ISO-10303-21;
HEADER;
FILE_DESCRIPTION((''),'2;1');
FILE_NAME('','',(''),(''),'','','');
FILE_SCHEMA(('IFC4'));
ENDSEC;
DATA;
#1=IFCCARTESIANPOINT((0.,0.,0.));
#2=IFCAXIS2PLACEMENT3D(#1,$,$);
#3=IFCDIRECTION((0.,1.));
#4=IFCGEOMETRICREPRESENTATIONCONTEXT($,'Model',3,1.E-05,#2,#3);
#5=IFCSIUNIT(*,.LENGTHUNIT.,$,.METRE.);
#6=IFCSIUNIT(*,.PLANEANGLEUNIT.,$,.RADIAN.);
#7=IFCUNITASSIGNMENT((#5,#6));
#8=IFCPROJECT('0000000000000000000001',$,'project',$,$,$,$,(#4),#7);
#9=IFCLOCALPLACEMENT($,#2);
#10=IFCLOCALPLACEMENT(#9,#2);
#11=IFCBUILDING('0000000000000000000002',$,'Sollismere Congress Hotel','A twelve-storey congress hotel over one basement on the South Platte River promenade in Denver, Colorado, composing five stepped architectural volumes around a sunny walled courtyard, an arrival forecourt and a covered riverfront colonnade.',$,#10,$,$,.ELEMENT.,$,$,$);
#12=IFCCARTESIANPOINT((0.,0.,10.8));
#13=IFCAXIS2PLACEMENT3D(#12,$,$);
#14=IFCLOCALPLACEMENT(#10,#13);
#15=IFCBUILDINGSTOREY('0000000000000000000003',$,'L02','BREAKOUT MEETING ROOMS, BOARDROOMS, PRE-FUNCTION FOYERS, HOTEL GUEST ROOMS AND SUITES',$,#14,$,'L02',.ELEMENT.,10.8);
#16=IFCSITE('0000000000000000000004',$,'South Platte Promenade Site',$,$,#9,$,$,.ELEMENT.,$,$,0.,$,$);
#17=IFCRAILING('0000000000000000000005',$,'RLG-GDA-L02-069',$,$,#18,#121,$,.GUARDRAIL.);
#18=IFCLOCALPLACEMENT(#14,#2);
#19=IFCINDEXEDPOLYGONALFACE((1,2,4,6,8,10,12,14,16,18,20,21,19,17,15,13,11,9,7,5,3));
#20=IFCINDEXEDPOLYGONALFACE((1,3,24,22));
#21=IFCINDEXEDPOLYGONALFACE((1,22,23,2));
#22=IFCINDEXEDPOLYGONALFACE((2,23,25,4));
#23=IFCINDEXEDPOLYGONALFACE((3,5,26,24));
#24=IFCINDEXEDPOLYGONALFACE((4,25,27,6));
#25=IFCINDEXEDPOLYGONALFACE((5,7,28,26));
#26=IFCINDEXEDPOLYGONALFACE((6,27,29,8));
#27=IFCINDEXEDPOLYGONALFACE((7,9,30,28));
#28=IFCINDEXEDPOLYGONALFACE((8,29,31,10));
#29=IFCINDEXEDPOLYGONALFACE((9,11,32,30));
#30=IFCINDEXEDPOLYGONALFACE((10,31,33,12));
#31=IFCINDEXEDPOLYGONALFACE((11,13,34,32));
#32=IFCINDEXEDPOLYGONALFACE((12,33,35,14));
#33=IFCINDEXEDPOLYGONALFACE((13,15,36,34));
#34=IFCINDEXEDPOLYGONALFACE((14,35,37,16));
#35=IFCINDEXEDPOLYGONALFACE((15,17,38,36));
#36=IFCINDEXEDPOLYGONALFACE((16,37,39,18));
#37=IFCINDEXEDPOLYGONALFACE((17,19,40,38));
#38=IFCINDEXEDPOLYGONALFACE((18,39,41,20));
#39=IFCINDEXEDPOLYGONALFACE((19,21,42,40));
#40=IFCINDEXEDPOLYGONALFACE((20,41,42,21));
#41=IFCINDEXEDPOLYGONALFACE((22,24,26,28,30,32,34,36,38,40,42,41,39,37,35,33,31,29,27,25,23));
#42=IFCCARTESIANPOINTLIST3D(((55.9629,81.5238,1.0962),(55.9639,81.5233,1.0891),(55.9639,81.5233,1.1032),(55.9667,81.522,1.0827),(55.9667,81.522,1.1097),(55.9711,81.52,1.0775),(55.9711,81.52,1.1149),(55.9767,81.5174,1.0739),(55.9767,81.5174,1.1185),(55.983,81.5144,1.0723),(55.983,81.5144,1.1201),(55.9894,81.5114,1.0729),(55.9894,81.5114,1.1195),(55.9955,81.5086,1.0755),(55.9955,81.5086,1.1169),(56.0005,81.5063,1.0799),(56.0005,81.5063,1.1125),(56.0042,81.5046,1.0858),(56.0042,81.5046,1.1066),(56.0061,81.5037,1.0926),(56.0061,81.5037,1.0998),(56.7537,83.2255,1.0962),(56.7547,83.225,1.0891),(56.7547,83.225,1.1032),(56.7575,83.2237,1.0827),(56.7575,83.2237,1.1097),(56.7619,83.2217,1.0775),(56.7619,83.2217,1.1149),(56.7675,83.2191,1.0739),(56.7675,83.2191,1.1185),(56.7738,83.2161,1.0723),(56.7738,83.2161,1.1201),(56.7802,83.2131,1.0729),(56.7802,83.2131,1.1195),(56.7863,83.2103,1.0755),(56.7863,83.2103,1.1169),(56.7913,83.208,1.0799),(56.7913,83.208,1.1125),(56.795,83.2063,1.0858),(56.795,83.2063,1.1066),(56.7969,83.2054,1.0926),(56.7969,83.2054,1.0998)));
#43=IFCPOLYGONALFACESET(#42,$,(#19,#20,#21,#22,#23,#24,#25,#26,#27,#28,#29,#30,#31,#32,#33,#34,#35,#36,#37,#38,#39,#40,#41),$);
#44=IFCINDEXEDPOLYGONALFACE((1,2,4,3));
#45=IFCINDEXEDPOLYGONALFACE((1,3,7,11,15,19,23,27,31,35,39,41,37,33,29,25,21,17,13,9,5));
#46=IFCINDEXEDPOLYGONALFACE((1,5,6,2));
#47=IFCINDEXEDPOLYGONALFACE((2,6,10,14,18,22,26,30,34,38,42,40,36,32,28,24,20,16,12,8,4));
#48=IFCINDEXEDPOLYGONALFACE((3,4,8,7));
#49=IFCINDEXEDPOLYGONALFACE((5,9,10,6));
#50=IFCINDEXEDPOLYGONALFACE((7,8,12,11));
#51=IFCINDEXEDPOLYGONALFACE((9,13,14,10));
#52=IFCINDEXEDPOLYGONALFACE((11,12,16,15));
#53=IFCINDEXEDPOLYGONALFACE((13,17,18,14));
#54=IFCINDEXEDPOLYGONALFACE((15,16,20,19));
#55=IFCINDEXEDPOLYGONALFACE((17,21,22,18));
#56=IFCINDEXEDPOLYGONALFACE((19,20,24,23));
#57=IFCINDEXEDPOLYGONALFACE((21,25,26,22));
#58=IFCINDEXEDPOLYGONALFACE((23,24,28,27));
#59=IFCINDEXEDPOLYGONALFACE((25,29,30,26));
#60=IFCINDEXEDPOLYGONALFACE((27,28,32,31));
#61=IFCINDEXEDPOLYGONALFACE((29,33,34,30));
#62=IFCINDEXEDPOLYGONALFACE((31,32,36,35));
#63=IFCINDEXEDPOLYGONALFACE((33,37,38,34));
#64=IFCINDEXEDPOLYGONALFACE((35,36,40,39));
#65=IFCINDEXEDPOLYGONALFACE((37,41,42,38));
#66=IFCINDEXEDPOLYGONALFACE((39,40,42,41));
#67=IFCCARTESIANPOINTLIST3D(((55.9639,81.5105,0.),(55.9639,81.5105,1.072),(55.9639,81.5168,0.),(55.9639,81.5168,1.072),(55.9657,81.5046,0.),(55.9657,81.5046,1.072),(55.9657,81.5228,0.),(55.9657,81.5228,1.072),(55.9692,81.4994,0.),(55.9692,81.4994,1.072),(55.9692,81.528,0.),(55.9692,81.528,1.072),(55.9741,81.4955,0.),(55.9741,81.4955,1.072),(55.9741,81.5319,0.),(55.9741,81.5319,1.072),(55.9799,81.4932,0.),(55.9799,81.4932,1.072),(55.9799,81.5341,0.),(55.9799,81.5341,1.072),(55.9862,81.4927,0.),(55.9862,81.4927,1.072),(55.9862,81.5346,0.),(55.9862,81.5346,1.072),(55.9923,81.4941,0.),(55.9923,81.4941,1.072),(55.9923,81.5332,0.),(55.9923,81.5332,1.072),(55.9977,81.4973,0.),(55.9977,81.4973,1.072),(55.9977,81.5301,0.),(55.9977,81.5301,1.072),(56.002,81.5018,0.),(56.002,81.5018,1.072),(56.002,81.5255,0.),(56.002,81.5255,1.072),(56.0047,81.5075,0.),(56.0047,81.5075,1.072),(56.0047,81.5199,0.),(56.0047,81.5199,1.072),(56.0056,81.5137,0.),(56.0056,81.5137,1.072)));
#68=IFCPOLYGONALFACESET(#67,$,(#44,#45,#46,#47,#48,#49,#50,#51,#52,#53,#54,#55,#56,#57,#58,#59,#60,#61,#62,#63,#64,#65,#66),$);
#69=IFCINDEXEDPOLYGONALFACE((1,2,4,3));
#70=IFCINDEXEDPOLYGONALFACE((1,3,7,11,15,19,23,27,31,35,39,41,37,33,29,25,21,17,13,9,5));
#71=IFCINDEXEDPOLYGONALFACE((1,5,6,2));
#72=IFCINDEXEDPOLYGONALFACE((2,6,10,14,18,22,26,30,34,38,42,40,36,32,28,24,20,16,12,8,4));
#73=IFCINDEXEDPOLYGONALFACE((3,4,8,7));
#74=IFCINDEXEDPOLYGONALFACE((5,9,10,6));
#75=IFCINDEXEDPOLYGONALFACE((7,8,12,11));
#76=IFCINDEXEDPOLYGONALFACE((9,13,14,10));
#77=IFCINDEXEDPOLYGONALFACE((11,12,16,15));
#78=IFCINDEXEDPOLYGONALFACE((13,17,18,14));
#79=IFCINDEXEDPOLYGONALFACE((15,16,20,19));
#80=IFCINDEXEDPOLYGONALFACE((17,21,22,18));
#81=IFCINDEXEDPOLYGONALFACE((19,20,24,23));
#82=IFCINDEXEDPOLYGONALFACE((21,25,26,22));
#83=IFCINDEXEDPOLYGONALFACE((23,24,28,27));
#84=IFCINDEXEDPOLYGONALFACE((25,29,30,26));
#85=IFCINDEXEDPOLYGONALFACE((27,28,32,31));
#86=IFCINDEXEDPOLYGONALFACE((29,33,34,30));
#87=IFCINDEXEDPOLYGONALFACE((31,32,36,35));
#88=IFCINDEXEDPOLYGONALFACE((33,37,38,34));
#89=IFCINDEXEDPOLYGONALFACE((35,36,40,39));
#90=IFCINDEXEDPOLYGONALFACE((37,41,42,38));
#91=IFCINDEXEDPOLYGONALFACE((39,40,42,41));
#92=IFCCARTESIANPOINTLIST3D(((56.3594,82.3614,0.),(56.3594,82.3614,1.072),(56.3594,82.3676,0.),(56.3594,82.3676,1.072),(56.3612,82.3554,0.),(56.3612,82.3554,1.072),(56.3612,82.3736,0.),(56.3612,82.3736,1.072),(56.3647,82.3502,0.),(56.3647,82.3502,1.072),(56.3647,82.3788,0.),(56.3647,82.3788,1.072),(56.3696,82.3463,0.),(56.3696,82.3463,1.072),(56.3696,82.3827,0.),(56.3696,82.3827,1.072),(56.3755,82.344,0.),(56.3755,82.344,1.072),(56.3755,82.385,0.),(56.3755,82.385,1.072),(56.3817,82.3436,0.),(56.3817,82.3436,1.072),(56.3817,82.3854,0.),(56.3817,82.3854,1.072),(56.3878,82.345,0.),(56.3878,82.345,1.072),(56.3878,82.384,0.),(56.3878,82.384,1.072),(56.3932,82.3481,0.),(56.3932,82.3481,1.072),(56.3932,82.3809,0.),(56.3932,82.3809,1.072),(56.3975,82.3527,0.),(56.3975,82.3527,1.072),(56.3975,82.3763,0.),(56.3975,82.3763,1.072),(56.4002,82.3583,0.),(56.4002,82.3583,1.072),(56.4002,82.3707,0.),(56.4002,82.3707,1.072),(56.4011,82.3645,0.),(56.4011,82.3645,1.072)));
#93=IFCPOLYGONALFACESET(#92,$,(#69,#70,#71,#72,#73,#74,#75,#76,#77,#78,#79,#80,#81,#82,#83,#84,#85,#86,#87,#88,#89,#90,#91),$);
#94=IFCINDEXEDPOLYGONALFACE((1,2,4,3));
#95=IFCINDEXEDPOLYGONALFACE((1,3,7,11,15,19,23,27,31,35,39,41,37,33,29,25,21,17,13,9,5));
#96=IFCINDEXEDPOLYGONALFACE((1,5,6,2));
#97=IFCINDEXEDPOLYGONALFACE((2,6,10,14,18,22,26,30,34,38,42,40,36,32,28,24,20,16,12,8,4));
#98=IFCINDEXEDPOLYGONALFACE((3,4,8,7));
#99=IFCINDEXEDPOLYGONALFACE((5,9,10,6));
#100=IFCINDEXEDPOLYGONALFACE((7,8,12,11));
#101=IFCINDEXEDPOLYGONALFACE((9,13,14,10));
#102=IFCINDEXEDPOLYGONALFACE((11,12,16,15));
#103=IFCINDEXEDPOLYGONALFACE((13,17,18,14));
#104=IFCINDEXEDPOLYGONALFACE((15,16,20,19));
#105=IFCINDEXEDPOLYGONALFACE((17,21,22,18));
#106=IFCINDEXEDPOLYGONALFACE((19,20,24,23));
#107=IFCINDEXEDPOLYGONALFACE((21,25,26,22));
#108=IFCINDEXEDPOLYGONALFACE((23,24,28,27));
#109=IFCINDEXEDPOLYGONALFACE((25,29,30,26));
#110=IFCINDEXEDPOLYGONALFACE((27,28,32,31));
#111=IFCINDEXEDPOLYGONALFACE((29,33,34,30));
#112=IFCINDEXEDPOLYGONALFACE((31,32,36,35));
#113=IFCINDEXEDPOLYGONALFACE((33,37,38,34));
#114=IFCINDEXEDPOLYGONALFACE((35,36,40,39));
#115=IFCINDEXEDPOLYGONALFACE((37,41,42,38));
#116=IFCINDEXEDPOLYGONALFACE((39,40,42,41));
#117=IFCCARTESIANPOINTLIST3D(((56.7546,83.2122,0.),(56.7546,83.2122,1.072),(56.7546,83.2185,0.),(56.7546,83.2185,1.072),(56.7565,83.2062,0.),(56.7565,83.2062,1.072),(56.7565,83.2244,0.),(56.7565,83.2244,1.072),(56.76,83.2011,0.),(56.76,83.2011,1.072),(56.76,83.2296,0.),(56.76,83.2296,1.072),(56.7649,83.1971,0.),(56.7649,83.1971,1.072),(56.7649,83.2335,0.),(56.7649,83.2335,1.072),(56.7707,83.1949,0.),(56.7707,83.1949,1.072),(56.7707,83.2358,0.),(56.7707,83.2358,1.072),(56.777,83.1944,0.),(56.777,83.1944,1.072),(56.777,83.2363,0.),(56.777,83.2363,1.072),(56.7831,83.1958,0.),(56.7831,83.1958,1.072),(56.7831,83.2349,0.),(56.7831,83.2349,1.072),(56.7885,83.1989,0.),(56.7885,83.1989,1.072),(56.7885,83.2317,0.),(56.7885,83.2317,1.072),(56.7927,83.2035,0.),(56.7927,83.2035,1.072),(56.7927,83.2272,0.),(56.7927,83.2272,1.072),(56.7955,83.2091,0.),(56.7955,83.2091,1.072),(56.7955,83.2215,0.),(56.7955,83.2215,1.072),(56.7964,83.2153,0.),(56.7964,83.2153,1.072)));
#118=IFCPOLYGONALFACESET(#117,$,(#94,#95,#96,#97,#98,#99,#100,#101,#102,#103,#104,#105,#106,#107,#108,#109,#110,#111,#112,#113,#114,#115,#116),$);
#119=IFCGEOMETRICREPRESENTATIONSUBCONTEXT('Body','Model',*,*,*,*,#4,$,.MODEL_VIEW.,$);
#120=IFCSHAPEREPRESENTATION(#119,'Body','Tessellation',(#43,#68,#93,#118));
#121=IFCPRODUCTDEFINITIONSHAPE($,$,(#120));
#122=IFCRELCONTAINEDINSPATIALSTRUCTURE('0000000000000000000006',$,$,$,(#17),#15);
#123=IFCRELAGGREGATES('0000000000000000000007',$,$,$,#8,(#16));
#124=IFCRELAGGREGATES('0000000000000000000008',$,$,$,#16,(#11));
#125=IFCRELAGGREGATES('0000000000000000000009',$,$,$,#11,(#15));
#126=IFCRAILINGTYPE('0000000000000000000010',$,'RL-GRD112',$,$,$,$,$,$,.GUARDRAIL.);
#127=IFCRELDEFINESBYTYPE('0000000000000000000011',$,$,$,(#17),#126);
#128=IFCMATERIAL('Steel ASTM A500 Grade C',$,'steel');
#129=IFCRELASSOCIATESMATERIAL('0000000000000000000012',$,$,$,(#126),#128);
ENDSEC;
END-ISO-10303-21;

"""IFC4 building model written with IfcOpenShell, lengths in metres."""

from ifc_helpers import new_model, si_unit, direction, frame, origin, origin_2d, place, context, subcontext, project, spatial, circle, extrude, material, type_object, element, save


model = new_model("IFC4")

# Units and contexts
model_context = context("Model", 3, precision=1e-05, world=origin(), true_north=direction((0.0, 1.0)))
body_context = subcontext(model_context, "Body", "Model", "MODEL_VIEW")
ifc_project = project(units=[si_unit("LENGTHUNIT", "METRE"), si_unit("PLANEANGLEUNIT", "RADIAN")], contexts=[model_context])

# Site, building, storey
site_placement = place(None, origin())
site = spatial("IfcSite", under=ifc_project, at=site_placement, Name="South Platte Promenade Site", CompositionType="ELEMENT", RefElevation=0.0)
building_placement = place(site_placement, origin())
building = spatial("IfcBuilding", under=site, at=building_placement, Name="Sollismere Congress Hotel", Description="A twelve-storey congress hotel over one basement on the South Platte River promenade in Denver, Colorado, composing five stepped architectural volumes around a sunny walled courtyard, an arrival forecourt and a covered riverfront colonnade.", CompositionType="ELEMENT")
storey_placement = place(building_placement, frame((0.0, 0.0, 10.8)))
storey = spatial("IfcBuildingStorey", under=building, at=storey_placement, Name="L02", Description="BREAKOUT MEETING ROOMS, BOARDROOMS, PRE-FUNCTION FOYERS, HOTEL GUEST ROOMS AND SUITES", LongName="L02", CompositionType="ELEMENT", Elevation=10.8)

# Shared definitions
ifc_material_1 = material(Name="Steel ASTM A500 Grade C", Category="steel")

# Railing
railing_type = type_object("IfcRailingType", Name="RL-GRD112", PredefinedType="GUARDRAIL", material=ifc_material_1)
railing_1_placement = place(storey_placement, frame((55.9846, 81.5137, 0.0)))
element("IfcRailing", 1, at=railing_1_placement, inside=storey, type_object=railing_type, Name="RLG-GDA-L02-069", PredefinedType="GUARDRAIL", context=body_context, shape_type="SweptSolid", body=[
    extrude(circle(Radius=0.0239, at=origin_2d()), frame((0.0, 0.0, 1.0962), z_axis=(0.421425, 0.906863, 0.0), x_axis=(-0.906863, 0.421425, 0.0)), (0.0, 0.0, 1.0), 1.8765),
    extrude(circle(Radius=0.021, at=origin_2d()), origin(), (0.0, 0.0, 1.0), 1.072),
    extrude(circle(Radius=0.021, at=origin_2d()), frame((0.3955, 0.8508, 0.0)), (0.0, 0.0, 1.0), 1.072),
    extrude(circle(Radius=0.021, at=origin_2d()), frame((0.7908, 1.7017, 0.0)), (0.0, 0.0, 1.0), 1.072),
])

save(model, "model.ifc")
